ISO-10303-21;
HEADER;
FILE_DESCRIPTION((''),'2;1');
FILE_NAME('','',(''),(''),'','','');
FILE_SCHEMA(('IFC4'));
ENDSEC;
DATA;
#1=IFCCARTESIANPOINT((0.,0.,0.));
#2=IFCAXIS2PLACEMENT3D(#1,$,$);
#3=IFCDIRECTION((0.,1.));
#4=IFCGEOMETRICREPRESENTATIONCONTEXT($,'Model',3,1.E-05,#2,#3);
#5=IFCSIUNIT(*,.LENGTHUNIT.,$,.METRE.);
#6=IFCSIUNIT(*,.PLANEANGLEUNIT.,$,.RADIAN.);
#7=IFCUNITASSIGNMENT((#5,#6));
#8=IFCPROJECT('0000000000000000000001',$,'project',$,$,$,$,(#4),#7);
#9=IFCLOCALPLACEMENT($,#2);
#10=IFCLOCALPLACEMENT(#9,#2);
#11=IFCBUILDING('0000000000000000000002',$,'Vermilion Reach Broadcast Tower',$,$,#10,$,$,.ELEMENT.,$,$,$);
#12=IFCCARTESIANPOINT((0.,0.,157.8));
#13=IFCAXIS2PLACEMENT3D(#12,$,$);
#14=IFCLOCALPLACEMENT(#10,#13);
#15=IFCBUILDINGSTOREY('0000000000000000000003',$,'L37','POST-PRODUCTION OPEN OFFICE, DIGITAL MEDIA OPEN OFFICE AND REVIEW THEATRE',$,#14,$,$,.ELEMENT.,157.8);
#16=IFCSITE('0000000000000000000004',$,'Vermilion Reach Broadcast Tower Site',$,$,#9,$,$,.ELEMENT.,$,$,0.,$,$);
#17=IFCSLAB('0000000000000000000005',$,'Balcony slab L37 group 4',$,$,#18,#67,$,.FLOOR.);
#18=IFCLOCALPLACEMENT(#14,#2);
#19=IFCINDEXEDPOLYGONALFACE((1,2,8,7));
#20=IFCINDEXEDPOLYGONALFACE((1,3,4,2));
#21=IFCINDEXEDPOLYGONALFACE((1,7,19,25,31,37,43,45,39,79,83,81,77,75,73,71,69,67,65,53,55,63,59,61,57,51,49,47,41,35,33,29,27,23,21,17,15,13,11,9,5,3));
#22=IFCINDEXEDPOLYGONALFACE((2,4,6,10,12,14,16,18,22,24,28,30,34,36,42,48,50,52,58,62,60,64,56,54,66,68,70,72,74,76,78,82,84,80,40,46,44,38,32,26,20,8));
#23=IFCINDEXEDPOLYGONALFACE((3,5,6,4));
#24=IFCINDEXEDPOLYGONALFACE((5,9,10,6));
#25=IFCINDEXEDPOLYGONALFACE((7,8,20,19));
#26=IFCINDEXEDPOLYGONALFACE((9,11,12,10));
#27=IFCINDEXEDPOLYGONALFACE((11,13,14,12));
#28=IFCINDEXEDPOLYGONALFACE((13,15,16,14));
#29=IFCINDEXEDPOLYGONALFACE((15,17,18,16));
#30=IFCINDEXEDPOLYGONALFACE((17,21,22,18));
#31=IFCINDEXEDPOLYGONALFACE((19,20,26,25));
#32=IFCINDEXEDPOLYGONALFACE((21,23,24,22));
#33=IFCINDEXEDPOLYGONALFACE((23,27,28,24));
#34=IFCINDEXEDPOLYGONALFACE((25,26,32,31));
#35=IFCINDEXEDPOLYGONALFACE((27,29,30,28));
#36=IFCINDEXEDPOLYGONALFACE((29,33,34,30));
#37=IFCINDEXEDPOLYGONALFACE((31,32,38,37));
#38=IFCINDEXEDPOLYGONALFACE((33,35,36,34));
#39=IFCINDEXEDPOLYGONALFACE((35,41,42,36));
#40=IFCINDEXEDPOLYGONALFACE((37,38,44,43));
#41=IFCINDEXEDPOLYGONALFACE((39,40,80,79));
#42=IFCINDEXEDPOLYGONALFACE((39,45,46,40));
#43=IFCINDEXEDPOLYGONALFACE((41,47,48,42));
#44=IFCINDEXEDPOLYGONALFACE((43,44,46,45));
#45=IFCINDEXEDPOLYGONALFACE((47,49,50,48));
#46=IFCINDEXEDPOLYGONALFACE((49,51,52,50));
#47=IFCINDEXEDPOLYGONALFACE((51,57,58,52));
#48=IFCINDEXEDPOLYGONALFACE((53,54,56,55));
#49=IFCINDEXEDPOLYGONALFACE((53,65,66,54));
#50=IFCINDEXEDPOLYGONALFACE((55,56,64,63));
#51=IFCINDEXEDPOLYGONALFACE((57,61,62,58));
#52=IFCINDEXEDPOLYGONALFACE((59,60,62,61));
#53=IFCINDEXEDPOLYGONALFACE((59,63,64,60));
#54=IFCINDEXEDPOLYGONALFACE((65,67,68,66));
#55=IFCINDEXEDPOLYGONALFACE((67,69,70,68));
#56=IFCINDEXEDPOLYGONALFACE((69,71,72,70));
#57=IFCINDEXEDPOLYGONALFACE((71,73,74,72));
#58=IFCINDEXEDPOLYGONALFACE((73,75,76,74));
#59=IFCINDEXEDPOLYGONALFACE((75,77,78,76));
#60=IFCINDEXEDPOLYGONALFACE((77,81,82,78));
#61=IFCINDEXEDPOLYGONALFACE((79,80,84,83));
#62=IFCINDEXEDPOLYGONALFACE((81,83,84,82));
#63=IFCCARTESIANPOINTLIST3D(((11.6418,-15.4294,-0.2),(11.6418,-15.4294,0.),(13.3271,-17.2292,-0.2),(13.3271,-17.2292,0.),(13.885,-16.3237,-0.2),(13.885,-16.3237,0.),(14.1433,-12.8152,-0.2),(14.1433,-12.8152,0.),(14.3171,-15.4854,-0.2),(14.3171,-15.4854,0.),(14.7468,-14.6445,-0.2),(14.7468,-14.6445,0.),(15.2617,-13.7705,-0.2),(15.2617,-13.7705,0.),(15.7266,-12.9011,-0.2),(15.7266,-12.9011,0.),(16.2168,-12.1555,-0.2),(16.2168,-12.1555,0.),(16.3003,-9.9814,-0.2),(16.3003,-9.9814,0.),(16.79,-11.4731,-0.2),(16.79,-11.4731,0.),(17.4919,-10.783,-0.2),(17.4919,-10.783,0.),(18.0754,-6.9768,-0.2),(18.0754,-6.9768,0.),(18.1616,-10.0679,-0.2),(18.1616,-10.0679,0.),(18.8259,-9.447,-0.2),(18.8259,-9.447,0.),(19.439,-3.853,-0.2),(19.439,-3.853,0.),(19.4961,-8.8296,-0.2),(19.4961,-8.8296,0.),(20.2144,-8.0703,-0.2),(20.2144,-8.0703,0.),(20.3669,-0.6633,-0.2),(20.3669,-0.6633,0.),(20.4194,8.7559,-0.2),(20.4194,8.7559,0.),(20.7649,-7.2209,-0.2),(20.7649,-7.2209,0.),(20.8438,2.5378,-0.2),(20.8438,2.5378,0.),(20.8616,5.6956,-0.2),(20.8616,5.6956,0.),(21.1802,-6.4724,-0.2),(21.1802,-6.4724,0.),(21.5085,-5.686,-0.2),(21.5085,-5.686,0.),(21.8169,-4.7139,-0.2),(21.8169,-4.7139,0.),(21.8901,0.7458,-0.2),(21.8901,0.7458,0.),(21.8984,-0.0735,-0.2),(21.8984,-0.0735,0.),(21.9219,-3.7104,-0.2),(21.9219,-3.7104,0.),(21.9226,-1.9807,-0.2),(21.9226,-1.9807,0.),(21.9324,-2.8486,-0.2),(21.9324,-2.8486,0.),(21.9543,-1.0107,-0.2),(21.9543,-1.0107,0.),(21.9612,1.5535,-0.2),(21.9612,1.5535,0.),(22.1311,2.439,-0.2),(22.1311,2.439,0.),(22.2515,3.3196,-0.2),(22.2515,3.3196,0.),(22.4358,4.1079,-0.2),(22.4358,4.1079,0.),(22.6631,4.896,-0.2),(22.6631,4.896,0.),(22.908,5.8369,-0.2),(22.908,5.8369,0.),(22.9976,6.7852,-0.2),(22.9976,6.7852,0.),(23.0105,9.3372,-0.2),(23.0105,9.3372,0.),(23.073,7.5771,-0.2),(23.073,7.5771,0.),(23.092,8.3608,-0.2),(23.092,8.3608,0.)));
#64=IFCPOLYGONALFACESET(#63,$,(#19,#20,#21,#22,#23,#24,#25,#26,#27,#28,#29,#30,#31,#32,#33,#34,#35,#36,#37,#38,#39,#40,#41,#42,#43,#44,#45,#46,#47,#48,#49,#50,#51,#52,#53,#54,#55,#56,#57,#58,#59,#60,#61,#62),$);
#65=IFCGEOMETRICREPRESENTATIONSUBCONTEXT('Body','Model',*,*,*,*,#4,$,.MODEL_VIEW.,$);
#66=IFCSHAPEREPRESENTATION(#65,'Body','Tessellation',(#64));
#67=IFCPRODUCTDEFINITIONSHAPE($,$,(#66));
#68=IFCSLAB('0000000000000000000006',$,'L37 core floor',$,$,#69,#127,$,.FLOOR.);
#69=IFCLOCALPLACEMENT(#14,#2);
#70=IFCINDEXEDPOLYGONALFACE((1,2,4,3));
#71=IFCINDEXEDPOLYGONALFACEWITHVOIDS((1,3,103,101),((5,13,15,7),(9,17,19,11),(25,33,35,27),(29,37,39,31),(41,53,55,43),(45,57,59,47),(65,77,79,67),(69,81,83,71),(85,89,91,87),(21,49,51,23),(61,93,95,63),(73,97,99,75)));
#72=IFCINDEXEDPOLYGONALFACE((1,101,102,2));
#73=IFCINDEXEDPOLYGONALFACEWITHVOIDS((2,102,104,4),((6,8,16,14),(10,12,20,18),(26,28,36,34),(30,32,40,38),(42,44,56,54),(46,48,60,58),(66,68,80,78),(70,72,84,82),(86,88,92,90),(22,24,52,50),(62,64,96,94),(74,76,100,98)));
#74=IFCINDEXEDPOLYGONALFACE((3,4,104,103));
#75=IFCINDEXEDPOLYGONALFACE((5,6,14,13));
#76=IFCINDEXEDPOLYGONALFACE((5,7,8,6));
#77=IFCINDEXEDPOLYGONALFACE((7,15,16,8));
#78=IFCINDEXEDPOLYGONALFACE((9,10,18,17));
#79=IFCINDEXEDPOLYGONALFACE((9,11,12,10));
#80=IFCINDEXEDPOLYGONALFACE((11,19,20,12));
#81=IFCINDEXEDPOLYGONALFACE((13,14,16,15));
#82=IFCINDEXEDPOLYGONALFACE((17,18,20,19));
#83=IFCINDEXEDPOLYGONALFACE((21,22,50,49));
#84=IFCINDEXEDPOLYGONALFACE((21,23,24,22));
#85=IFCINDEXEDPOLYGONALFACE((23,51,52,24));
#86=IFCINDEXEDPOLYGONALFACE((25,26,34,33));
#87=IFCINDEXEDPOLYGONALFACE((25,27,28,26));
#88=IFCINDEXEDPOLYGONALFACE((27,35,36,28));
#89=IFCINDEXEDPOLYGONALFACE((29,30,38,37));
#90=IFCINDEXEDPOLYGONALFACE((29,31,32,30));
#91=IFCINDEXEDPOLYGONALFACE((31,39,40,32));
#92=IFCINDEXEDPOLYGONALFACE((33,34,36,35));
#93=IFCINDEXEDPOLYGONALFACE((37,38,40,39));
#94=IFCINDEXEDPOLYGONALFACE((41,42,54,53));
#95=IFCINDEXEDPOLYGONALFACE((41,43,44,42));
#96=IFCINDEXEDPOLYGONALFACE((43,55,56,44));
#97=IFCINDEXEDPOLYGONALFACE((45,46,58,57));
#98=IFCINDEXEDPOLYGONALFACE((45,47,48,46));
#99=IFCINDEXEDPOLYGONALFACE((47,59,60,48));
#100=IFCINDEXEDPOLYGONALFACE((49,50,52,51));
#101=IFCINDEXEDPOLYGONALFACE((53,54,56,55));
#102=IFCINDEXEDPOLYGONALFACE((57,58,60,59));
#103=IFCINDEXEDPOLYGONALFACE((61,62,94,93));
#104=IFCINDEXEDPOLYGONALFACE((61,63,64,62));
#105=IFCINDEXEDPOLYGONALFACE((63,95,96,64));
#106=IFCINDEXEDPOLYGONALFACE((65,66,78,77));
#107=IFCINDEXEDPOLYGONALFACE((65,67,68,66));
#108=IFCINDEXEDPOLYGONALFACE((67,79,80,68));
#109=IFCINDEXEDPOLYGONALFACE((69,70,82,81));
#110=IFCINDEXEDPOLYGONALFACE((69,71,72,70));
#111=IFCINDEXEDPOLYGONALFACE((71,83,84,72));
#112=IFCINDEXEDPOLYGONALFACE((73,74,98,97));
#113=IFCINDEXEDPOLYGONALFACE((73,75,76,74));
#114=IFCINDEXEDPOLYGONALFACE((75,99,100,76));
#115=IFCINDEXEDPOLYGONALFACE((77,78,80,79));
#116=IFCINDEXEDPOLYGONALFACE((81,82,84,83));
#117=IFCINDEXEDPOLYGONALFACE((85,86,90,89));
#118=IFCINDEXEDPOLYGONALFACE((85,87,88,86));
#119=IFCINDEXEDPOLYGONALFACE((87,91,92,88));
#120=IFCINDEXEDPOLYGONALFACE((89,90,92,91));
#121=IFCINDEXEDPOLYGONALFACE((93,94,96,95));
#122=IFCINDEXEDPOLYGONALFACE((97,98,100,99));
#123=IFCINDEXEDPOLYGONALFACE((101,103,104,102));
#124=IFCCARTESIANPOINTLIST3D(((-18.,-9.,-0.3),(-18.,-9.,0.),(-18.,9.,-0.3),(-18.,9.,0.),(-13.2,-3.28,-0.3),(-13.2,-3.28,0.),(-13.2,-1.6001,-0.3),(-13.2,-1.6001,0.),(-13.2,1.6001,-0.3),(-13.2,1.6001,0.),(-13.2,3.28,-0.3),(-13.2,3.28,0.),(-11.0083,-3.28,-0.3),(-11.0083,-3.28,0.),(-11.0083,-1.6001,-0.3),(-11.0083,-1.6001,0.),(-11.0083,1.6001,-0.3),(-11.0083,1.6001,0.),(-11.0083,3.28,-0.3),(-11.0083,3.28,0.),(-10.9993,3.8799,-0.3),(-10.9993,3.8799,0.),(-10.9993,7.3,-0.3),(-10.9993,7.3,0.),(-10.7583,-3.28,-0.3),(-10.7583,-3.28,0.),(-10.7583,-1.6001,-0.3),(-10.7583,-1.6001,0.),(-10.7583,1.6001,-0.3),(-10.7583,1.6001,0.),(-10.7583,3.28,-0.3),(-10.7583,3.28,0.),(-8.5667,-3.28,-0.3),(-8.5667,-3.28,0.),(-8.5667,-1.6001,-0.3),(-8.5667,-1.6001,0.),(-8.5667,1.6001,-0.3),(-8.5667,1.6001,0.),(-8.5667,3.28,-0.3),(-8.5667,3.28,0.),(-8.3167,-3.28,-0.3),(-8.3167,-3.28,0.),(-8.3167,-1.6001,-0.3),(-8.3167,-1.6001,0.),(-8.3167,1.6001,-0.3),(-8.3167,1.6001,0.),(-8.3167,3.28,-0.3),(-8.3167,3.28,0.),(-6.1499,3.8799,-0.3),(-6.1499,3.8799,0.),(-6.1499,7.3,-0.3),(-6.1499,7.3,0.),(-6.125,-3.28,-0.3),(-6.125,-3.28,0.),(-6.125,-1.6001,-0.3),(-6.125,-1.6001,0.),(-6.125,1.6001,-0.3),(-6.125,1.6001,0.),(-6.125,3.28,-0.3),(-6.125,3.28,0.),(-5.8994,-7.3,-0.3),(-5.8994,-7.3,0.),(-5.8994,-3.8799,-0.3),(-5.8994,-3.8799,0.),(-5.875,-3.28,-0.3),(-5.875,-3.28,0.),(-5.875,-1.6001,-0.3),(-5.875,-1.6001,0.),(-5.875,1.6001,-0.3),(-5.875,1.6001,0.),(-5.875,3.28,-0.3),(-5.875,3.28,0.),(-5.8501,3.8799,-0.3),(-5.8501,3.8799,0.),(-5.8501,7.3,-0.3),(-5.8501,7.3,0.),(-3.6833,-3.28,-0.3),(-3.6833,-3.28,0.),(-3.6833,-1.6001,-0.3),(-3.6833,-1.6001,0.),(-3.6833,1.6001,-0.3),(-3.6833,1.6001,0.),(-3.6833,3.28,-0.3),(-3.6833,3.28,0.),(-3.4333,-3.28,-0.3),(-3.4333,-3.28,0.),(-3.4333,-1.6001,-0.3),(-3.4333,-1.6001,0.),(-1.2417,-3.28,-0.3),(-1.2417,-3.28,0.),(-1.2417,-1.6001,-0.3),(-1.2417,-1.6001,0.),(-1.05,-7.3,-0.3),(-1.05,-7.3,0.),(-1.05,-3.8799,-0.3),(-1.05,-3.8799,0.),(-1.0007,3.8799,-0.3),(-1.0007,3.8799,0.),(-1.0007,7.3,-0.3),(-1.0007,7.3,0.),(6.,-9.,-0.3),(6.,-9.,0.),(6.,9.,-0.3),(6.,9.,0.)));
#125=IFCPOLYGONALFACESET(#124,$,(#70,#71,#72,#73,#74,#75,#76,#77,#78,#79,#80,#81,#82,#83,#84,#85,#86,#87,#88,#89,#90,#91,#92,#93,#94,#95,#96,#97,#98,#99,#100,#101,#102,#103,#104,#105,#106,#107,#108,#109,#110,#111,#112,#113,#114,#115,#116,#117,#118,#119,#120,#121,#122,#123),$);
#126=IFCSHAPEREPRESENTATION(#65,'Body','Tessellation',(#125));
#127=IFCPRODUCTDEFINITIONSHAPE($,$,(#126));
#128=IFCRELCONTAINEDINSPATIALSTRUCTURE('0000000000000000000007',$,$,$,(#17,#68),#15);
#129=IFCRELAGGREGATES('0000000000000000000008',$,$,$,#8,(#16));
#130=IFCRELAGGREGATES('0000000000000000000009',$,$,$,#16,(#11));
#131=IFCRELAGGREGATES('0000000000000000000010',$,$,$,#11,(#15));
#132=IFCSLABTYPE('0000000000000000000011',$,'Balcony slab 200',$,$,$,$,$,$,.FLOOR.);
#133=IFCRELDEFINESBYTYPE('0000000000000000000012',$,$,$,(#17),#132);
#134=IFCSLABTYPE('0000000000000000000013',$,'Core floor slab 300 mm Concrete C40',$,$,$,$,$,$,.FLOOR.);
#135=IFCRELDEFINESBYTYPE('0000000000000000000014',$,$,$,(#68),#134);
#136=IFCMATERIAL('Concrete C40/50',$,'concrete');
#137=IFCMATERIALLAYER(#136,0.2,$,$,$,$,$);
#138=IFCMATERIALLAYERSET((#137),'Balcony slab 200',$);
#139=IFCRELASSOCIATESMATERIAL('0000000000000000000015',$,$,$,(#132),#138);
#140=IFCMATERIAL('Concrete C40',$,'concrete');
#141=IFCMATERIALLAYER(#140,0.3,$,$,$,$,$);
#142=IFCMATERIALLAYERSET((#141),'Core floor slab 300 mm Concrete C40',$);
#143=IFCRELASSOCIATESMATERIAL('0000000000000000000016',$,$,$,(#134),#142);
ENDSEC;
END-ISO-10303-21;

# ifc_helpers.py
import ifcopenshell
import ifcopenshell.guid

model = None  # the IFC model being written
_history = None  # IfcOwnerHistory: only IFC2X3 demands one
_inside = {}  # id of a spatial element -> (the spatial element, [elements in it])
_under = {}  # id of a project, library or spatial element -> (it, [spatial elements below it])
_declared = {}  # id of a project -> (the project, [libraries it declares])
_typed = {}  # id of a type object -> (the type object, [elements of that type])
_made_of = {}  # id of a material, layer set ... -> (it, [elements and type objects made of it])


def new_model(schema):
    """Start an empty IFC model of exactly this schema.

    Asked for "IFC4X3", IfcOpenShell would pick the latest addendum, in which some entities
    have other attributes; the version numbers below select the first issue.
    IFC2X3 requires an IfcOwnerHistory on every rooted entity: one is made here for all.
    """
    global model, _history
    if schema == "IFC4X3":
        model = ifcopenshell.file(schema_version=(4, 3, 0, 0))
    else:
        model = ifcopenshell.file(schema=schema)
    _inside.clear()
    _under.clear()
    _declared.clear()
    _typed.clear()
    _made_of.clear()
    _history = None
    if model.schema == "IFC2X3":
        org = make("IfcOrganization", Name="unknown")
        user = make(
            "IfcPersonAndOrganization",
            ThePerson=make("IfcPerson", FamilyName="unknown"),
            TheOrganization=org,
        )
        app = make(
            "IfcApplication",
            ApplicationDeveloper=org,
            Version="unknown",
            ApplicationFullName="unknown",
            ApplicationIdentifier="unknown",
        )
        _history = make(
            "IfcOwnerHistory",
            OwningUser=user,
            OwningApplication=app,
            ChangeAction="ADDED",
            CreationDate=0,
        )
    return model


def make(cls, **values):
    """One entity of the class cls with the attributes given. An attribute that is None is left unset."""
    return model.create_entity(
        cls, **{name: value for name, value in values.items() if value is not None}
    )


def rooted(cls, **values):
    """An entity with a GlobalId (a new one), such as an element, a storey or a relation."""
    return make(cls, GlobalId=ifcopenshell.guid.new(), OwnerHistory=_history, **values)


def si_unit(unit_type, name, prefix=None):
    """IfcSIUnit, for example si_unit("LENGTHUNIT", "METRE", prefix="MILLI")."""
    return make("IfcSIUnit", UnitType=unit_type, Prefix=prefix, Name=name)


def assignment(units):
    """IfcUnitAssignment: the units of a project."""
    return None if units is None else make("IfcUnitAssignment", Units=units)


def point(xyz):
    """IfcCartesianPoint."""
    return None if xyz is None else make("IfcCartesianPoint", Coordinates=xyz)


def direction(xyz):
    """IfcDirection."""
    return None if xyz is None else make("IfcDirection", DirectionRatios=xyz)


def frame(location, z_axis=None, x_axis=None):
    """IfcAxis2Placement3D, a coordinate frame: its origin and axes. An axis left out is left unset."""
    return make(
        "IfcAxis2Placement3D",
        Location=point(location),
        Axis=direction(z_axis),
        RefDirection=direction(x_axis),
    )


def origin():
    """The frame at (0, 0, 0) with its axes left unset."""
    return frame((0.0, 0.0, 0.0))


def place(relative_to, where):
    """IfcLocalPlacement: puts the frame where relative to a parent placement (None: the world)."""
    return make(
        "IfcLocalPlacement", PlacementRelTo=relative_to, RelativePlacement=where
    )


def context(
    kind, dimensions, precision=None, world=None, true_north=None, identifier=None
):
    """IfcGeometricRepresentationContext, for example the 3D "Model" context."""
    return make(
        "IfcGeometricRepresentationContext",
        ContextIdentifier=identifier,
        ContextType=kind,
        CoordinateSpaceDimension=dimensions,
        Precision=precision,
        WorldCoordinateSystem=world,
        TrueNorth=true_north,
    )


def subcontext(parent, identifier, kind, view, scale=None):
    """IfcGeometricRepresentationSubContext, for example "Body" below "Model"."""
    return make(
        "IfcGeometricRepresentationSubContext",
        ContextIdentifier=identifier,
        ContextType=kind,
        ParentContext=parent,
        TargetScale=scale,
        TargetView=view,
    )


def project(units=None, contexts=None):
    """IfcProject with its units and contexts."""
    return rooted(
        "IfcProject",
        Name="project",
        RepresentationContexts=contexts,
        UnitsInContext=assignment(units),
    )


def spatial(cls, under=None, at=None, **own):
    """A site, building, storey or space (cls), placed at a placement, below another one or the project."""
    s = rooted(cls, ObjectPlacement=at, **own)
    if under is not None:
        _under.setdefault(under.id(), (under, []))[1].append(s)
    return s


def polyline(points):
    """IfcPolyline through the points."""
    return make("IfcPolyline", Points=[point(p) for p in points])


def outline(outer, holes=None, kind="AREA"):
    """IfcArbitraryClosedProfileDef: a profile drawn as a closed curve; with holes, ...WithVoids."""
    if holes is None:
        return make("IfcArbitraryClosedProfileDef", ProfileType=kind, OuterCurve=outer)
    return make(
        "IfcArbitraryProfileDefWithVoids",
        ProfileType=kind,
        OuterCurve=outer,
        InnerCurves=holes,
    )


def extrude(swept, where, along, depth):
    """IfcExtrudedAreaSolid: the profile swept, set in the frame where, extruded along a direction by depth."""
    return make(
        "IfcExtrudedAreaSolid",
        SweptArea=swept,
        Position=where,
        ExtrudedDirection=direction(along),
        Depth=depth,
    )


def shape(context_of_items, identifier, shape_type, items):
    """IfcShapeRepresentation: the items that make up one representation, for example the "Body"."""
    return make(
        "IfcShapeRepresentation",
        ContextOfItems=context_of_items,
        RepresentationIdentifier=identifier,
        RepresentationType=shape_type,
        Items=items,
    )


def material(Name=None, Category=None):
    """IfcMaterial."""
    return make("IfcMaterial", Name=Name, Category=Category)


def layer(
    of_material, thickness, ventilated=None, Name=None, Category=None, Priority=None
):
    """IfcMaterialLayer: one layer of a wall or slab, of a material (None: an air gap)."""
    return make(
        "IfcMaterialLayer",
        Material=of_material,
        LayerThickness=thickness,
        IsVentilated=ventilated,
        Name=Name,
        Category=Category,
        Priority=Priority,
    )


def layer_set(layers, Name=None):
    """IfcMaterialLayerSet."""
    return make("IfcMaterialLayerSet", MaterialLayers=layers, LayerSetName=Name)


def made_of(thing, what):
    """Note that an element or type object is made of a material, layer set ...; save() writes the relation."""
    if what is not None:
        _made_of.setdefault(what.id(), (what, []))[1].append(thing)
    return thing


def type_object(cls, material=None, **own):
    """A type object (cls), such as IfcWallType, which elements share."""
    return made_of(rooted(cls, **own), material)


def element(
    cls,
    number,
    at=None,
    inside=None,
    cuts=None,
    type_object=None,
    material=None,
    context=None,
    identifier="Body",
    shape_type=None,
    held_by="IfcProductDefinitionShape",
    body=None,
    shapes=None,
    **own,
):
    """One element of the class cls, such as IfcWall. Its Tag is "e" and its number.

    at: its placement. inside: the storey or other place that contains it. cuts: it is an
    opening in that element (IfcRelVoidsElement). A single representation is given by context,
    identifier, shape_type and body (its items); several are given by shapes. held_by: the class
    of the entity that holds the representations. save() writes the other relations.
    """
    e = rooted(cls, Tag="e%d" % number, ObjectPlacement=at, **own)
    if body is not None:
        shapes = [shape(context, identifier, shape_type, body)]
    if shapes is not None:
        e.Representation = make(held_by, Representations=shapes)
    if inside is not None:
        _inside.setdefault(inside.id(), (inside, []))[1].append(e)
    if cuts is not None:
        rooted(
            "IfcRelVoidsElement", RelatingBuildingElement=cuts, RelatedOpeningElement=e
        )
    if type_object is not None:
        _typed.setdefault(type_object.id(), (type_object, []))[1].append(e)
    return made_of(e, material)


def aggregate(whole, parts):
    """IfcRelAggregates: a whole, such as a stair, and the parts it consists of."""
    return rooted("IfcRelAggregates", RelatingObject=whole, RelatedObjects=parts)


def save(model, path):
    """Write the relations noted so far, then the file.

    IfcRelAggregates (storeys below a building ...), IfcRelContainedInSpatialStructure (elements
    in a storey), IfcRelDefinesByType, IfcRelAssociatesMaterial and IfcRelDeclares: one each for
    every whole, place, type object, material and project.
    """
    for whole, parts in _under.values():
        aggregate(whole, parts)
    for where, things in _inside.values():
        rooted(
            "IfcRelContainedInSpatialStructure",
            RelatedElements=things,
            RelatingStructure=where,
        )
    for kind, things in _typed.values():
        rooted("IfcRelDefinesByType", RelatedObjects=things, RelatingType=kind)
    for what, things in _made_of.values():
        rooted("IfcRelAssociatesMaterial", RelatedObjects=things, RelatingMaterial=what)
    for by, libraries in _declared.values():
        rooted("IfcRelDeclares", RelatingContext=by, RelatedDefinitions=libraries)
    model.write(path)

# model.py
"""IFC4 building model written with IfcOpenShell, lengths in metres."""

from ifc_helpers import new_model, si_unit, direction, frame, origin, place, context, subcontext, project, spatial, polyline, outline, extrude, material, layer, layer_set, type_object, element, save


model = new_model("IFC4")

# Units and contexts
model_context = context("Model", 3, precision=1e-05, world=origin(), true_north=direction((0.0, 1.0)))
body_context = subcontext(model_context, "Body", "Model", "MODEL_VIEW")
ifc_project = project(units=[si_unit("LENGTHUNIT", "METRE"), si_unit("PLANEANGLEUNIT", "RADIAN")], contexts=[model_context])

# Site, building, storey
site_placement = place(None, origin())
site = spatial("IfcSite", under=ifc_project, at=site_placement, Name="Vermilion Reach Broadcast Tower Site", CompositionType="ELEMENT", RefElevation=0.0)
building_placement = place(site_placement, origin())
building = spatial("IfcBuilding", under=site, at=building_placement, Name="Vermilion Reach Broadcast Tower", CompositionType="ELEMENT")
storey_placement = place(building_placement, frame((0.0, 0.0, 157.8)))
storey = spatial("IfcBuildingStorey", under=building, at=storey_placement, Name="L37", Description="POST-PRODUCTION OPEN OFFICE, DIGITAL MEDIA OPEN OFFICE AND REVIEW THEATRE", CompositionType="ELEMENT", Elevation=157.8)

# Slabs
ifc_material_1 = material(Name="Concrete C40/50", Category="concrete")
ifc_layer_1 = layer(ifc_material_1, 0.2)
ifc_layer_set_1 = layer_set([ifc_layer_1], Name="Balcony slab 200")
slab_type_1 = type_object("IfcSlabType", Name="Balcony slab 200", PredefinedType="FLOOR", material=ifc_layer_set_1)
placement_1 = place(storey_placement, frame((0.0, 0.0, -0.2)))
element("IfcSlab", 1, at=placement_1, inside=storey, type_object=slab_type_1, Name="Balcony slab L37 group 4", PredefinedType="FLOOR", context=body_context, shape_type="SweptSolid", body=[
    extrude(outline(polyline([(11.6418, -15.4294), (14.1433, -12.8152), (16.3003, -9.9814), (18.0754, -6.9768), (19.439, -3.853), (20.3669, -0.6633), (20.8438, 2.5378), (20.8616, 5.6956), (20.4194, 8.7559), (23.0105, 9.3372), (23.092, 8.3608), (23.073, 7.5771), (22.9976, 6.7852), (22.908, 5.8369), (22.6631, 4.896), (22.4358, 4.1079), (22.2515, 3.3196), (22.1311, 2.439), (21.9612, 1.5535), (21.8901, 0.7458), (21.8984, -0.0735), (21.9543, -1.0107), (21.9226, -1.9807), (21.9324, -2.8486), (21.9219, -3.7104), (21.8169, -4.7139), (21.5085, -5.686), (21.1802, -6.4724), (20.7649, -7.2209), (20.2144, -8.0703), (19.4961, -8.8296), (18.8259, -9.447), (18.1616, -10.0679), (17.4919, -10.783), (16.79, -11.4731), (16.2168, -12.1555), (15.7266, -12.9011), (15.2617, -13.7705), (14.7468, -14.6445), (14.3171, -15.4854), (13.885, -16.3237), (13.3271, -17.2292), (11.6418, -15.4294)])), origin(), (0.0, 0.0, 1.0), 0.2),
])
ifc_material_2 = material(Name="Concrete C40", Category="concrete")
ifc_layer_2 = layer(ifc_material_2, 0.3)
ifc_layer_set_2 = layer_set([ifc_layer_2], Name="Core floor slab 300 mm Concrete C40")
slab_type_2 = type_object("IfcSlabType", Name="Core floor slab 300 mm Concrete C40", PredefinedType="FLOOR", material=ifc_layer_set_2)
slab_1_placement = place(storey_placement, frame((0.0, 0.0, -0.3)))
element("IfcSlab", 2, at=slab_1_placement, inside=storey, type_object=slab_type_2, Name="L37 core floor", PredefinedType="FLOOR", context=body_context, shape_type="SweptSolid", body=[
    extrude(outline(polyline([(-18.0, -9.0), (6.0, -9.0), (6.0, 9.0), (-18.0, 9.0), (-18.0, -9.0)]), holes=[polyline([(-13.2, 1.6001), (-11.0083, 1.6001), (-11.0083, 3.28), (-13.2, 3.28), (-13.2, 1.6001)]), polyline([(-10.7583, 1.6001), (-8.5667, 1.6001), (-8.5667, 3.28), (-10.7583, 3.28), (-10.7583, 1.6001)]), polyline([(-8.3167, 1.6001), (-6.125, 1.6001), (-6.125, 3.28), (-8.3167, 3.28), (-8.3167, 1.6001)]), polyline([(-5.875, 1.6001), (-3.6833, 1.6001), (-3.6833, 3.28), (-5.875, 3.28), (-5.875, 1.6001)]), polyline([(-13.2, -3.28), (-11.0083, -3.28), (-11.0083, -1.6001), (-13.2, -1.6001), (-13.2, -3.28)]), polyline([(-10.7583, -3.28), (-8.5667, -3.28), (-8.5667, -1.6001), (-10.7583, -1.6001), (-10.7583, -3.28)]), polyline([(-8.3167, -3.28), (-6.125, -3.28), (-6.125, -1.6001), (-8.3167, -1.6001), (-8.3167, -3.28)]), polyline([(-5.875, -3.28), (-3.6833, -3.28), (-3.6833, -1.6001), (-5.875, -1.6001), (-5.875, -3.28)]), polyline([(-3.4333, -3.28), (-1.2417, -3.28), (-1.2417, -1.6001), (-3.4333, -1.6001), (-3.4333, -3.28)]), polyline([(-10.9993, 3.8799), (-6.1499, 3.8799), (-6.1499, 7.3), (-10.9993, 7.3), (-10.9993, 3.8799)]), polyline([(-1.0007, 7.3), (-5.8501, 7.3), (-5.8501, 3.8799), (-1.0007, 3.8799), (-1.0007, 7.3)]), polyline([(-5.8994, -7.3), (-1.05, -7.3), (-1.05, -3.8799), (-5.8994, -3.8799), (-5.8994, -7.3)])]), origin(), (0.0, 0.0, 1.0), 0.3),
])

save(model, "model.ifc")
